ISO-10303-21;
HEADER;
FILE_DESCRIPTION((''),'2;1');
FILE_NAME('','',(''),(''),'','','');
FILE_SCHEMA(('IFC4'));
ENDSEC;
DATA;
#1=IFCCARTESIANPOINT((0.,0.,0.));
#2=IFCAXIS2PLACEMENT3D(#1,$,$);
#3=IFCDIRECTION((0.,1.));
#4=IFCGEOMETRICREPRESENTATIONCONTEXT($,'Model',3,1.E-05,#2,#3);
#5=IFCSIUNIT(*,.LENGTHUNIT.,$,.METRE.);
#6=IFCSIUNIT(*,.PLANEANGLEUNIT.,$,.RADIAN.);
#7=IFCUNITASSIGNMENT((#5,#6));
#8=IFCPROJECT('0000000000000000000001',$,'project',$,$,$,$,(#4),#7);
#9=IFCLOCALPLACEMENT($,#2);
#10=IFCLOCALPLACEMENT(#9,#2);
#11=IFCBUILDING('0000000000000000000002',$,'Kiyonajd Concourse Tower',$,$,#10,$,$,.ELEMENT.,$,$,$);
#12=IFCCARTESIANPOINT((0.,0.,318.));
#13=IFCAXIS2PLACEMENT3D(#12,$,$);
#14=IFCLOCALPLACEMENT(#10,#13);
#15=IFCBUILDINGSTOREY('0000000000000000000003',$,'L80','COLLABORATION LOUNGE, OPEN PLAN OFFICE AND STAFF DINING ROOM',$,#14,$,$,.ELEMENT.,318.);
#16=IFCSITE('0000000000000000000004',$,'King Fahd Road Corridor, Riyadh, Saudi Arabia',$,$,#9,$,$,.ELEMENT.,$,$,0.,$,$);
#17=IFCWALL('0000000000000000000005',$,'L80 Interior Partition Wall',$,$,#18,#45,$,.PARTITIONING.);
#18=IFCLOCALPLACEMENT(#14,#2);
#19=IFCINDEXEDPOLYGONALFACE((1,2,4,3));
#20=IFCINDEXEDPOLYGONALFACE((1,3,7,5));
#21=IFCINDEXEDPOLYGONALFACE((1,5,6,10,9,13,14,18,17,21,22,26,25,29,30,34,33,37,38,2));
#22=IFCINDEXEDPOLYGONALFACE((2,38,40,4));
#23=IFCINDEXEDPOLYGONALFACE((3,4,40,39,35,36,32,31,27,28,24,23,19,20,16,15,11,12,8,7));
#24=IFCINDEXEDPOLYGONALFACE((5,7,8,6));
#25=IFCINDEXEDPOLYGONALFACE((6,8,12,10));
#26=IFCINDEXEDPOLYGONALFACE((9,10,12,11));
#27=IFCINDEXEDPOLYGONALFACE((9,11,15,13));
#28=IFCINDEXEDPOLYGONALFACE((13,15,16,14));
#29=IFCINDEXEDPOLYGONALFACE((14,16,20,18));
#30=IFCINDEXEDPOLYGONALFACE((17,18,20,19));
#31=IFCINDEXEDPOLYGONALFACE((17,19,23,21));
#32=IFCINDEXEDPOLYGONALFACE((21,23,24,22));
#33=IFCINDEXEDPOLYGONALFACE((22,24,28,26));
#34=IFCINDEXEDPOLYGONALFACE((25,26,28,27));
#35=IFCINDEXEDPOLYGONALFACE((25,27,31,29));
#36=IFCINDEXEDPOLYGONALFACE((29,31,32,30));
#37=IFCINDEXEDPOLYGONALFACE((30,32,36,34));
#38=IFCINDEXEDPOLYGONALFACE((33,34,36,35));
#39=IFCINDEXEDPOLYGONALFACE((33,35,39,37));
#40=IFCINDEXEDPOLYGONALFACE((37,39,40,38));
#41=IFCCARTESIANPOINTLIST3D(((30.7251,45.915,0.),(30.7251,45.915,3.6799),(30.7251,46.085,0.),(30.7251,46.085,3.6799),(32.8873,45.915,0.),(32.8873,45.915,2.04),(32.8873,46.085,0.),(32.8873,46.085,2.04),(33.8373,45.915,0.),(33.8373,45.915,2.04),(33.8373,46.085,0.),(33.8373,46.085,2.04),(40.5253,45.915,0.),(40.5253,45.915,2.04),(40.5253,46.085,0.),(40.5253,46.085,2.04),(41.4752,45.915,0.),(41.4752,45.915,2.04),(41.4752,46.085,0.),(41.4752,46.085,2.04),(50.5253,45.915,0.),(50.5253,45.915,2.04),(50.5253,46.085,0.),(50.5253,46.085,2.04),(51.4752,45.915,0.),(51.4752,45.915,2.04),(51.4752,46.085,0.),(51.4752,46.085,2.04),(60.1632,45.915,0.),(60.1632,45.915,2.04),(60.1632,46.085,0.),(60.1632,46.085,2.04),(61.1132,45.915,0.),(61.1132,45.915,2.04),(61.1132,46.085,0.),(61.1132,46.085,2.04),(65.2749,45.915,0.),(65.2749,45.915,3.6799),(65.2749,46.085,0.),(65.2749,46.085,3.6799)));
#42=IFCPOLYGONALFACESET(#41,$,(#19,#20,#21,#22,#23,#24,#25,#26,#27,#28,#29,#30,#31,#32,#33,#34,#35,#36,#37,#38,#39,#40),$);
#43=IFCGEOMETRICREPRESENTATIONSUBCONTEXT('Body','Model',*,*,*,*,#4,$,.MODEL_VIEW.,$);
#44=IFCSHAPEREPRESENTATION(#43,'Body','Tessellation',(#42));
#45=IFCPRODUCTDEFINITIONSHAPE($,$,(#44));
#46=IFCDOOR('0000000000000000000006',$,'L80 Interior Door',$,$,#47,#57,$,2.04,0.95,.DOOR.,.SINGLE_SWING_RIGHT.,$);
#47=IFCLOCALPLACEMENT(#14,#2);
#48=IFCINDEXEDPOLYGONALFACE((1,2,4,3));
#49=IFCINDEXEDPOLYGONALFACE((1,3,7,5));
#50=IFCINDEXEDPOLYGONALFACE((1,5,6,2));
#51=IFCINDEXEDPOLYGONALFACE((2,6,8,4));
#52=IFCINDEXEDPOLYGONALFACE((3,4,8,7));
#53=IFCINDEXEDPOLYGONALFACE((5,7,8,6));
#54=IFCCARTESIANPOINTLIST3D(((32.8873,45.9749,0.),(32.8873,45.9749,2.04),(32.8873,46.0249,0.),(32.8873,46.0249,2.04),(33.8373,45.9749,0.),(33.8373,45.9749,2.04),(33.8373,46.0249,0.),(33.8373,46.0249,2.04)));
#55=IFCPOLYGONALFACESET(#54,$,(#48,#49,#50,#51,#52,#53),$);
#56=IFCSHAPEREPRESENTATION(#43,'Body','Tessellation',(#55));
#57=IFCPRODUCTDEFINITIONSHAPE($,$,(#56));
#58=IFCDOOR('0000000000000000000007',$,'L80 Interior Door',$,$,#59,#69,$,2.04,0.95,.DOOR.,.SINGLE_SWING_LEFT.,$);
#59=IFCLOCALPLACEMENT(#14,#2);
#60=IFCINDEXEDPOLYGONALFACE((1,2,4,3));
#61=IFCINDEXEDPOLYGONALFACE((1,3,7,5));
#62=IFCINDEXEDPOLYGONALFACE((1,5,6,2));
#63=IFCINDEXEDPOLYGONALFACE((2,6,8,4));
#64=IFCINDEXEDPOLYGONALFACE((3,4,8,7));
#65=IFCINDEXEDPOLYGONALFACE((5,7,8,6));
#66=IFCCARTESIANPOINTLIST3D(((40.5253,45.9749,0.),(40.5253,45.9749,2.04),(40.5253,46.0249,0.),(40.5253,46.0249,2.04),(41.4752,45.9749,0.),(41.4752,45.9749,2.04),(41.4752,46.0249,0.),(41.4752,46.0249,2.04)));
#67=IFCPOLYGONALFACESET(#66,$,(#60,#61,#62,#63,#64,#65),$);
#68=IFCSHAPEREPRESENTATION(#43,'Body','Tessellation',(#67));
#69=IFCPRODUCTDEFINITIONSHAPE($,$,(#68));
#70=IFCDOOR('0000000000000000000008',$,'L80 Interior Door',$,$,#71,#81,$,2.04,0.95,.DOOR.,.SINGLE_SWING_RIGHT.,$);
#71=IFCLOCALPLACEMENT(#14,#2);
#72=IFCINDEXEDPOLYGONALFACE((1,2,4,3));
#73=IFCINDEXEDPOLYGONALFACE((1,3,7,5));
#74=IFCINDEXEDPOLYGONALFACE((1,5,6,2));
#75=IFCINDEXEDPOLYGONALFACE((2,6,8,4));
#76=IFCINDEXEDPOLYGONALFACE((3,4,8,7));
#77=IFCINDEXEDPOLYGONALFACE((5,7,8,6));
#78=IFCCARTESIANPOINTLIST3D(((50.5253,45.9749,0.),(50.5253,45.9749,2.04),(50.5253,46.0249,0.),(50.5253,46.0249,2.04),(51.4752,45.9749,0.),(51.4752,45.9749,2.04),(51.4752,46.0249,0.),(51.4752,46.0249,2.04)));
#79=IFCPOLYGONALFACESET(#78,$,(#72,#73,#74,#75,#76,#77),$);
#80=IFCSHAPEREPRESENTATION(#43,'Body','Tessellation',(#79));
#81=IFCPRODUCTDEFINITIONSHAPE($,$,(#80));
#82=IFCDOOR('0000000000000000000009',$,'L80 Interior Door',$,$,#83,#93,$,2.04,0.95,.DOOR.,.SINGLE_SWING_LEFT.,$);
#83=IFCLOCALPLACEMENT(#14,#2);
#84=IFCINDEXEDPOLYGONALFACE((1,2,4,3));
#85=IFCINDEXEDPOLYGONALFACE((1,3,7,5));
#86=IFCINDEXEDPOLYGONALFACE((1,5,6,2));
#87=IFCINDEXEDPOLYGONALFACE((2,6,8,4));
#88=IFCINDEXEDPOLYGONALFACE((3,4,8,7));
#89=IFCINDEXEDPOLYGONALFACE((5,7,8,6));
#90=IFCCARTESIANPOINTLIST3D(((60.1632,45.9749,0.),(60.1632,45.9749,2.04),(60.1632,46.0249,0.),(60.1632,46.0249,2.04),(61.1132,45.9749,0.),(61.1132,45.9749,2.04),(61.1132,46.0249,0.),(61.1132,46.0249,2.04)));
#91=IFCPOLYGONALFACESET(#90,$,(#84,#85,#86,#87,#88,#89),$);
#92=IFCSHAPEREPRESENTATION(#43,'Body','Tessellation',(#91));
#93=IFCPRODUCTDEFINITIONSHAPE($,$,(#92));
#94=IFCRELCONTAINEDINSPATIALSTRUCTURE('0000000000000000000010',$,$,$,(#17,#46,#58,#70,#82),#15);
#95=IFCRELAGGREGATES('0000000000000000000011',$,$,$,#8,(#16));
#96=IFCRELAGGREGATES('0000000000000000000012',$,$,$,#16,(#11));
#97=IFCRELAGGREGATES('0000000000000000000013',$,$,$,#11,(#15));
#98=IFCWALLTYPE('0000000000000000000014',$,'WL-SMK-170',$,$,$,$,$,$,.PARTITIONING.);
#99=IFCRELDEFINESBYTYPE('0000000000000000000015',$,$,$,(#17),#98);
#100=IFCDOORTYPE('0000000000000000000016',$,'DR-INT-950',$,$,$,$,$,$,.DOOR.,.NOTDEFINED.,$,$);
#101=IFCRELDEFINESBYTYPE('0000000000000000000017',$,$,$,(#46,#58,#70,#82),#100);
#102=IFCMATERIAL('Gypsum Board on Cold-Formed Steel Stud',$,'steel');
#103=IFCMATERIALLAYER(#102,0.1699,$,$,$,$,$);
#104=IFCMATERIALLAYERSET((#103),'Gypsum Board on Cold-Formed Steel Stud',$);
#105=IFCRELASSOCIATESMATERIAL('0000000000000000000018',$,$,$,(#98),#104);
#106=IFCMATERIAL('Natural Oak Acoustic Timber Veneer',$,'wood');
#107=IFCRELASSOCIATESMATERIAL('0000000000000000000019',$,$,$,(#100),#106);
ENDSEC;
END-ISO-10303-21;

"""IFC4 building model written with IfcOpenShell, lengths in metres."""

from ifc_helpers import new_model, si_unit, direction, frame, frame_2d, origin, place, context, subcontext, project, spatial, rectangle, extrude, material, layer, layer_set, type_object, element, fill, save


model = new_model("IFC4")

# Units and contexts
model_context = context("Model", 3, precision=1e-05, world=origin(), true_north=direction((0.0, 1.0)))
body_context = subcontext(model_context, "Body", "Model", "MODEL_VIEW")
ifc_project = project(units=[si_unit("LENGTHUNIT", "METRE"), si_unit("PLANEANGLEUNIT", "RADIAN")], contexts=[model_context])

# Site, building, storey
site_placement = place(None, origin())
site = spatial("IfcSite", under=ifc_project, at=site_placement, Name="King Fahd Road Corridor, Riyadh, Saudi Arabia", CompositionType="ELEMENT", RefElevation=0.0)
building_placement = place(site_placement, origin())
building = spatial("IfcBuilding", under=site, at=building_placement, Name="Kiyonajd Concourse Tower", CompositionType="ELEMENT")
storey_placement = place(building_placement, frame((0.0, 0.0, 318.0)))
storey = spatial("IfcBuildingStorey", under=building, at=storey_placement, Name="L80", Description="COLLABORATION LOUNGE, OPEN PLAN OFFICE AND STAFF DINING ROOM", CompositionType="ELEMENT", Elevation=318.0)

# Wall, openings, doors
ifc_material_1 = material(Name="Gypsum Board on Cold-Formed Steel Stud", Category="steel")
ifc_layer_1 = layer(ifc_material_1, 0.1699)
ifc_layer_set_1 = layer_set([ifc_layer_1], Name="Gypsum Board on Cold-Formed Steel Stud")
wall_type_1 = type_object("IfcWallType", Name="WL-SMK-170", PredefinedType="PARTITIONING", material=ifc_layer_set_1)
wall_1_placement = place(storey_placement, frame((30.7251, 46.0, 0.0), z_axis=(0.0, 0.0, 1.0), x_axis=(1.0, 0.0, 0.0)))
wall_1 = element("IfcWall", 1, at=wall_1_placement, inside=storey, type_object=wall_type_1, Name="L80 Interior Partition Wall", PredefinedType="PARTITIONING", context=body_context, shape_type="SweptSolid", body=[
    extrude(rectangle(XDim=34.5498, YDim=0.1699, at=frame_2d((17.2749, 0.0))), origin(), (0.0, 0.0, 1.0), 3.6799),
])
opening_1_placement = place(wall_1_placement, frame((2.1621, 0.0, 0.0)))
opening_1 = element("IfcOpeningElement", 2, at=opening_1_placement, cuts=wall_1, PredefinedType="OPENING", context=body_context, shape_type="SweptSolid", body=[
    extrude(rectangle(XDim=0.95, YDim=2.04, at=frame_2d((0.4751, 1.02))), frame((0.0, 0.095, 0.0), z_axis=(0.0, -1.0, 0.0), x_axis=(1.0, 0.0, 0.0)), (0.0, 0.0, 1.0), 0.1899),
])
opening_2_placement = place(wall_1_placement, frame((9.8, 0.0, 0.0)))
opening_2 = element("IfcOpeningElement", 3, at=opening_2_placement, cuts=wall_1, PredefinedType="OPENING", context=body_context, shape_type="SweptSolid", body=[
    extrude(rectangle(XDim=0.95, YDim=2.04, at=frame_2d((0.4751, 1.02))), frame((0.0, 0.095, 0.0), z_axis=(0.0, -1.0, 0.0), x_axis=(1.0, 0.0, 0.0)), (0.0, 0.0, 1.0), 0.1899),
])
opening_3_placement = place(wall_1_placement, frame((19.8, 0.0, 0.0)))
opening_3 = element("IfcOpeningElement", 4, at=opening_3_placement, cuts=wall_1, PredefinedType="OPENING", context=body_context, shape_type="SweptSolid", body=[
    extrude(rectangle(XDim=0.95, YDim=2.04, at=frame_2d((0.4751, 1.02))), frame((0.0, 0.095, 0.0), z_axis=(0.0, -1.0, 0.0), x_axis=(1.0, 0.0, 0.0)), (0.0, 0.0, 1.0), 0.1899),
])
opening_4_placement = place(wall_1_placement, frame((29.438, 0.0, 0.0)))
opening_4 = element("IfcOpeningElement", 5, at=opening_4_placement, cuts=wall_1, PredefinedType="OPENING", context=body_context, shape_type="SweptSolid", body=[
    extrude(rectangle(XDim=0.95, YDim=2.04, at=frame_2d((0.4751, 1.02))), frame((0.0, 0.095, 0.0), z_axis=(0.0, -1.0, 0.0), x_axis=(1.0, 0.0, 0.0)), (0.0, 0.0, 1.0), 0.1899),
])
ifc_material_2 = material(Name="Natural Oak Acoustic Timber Veneer", Category="wood")
door_type = type_object("IfcDoorType", Name="DR-INT-950", OperationType="NOTDEFINED", PredefinedType="DOOR", material=ifc_material_2)
door_1_placement = place(opening_1_placement, origin())
door_1 = element("IfcDoor", 6, at=door_1_placement, inside=storey, type_object=door_type, Name="L80 Interior Door", OperationType="SINGLE_SWING_RIGHT", OverallHeight=2.04, OverallWidth=0.95, PredefinedType="DOOR", context=body_context, shape_type="SweptSolid", body=[
    extrude(rectangle(XDim=0.95, YDim=2.04, at=frame_2d((0.4751, 1.02))), frame((0.0, 0.0249, 0.0), z_axis=(0.0, -1.0, 0.0), x_axis=(1.0, 0.0, 0.0)), (0.0, 0.0, 1.0), 0.05),
])
fill(opening_1, door_1)
door_2_placement = place(opening_2_placement, origin())
door_2 = element("IfcDoor", 7, at=door_2_placement, inside=storey, type_object=door_type, Name="L80 Interior Door", OperationType="SINGLE_SWING_LEFT", OverallHeight=2.04, OverallWidth=0.95, PredefinedType="DOOR", context=body_context, shape_type="SweptSolid", body=[
    extrude(rectangle(XDim=0.95, YDim=2.04, at=frame_2d((0.4751, 1.02))), frame((0.0, 0.0249, 0.0), z_axis=(0.0, -1.0, 0.0), x_axis=(1.0, 0.0, 0.0)), (0.0, 0.0, 1.0), 0.05),
])
fill(opening_2, door_2)
door_3_placement = place(opening_3_placement, origin())
door_3 = element("IfcDoor", 8, at=door_3_placement, inside=storey, type_object=door_type, Name="L80 Interior Door", OperationType="SINGLE_SWING_RIGHT", OverallHeight=2.04, OverallWidth=0.95, PredefinedType="DOOR", context=body_context, shape_type="SweptSolid", body=[
    extrude(rectangle(XDim=0.95, YDim=2.04, at=frame_2d((0.4751, 1.02))), frame((0.0, 0.0249, 0.0), z_axis=(0.0, -1.0, 0.0), x_axis=(1.0, 0.0, 0.0)), (0.0, 0.0, 1.0), 0.05),
])
fill(opening_3, door_3)
door_4_placement = place(opening_4_placement, origin())
door_4 = element("IfcDoor", 9, at=door_4_placement, inside=storey, type_object=door_type, Name="L80 Interior Door", OperationType="SINGLE_SWING_LEFT", OverallHeight=2.04, OverallWidth=0.95, PredefinedType="DOOR", context=body_context, shape_type="SweptSolid", body=[
    extrude(rectangle(XDim=0.95, YDim=2.04, at=frame_2d((0.4751, 1.02))), frame((0.0, 0.0249, 0.0), z_axis=(0.0, -1.0, 0.0), x_axis=(1.0, 0.0, 0.0)), (0.0, 0.0, 1.0), 0.05),
])
fill(opening_4, door_4)

save(model, "model.ifc")
